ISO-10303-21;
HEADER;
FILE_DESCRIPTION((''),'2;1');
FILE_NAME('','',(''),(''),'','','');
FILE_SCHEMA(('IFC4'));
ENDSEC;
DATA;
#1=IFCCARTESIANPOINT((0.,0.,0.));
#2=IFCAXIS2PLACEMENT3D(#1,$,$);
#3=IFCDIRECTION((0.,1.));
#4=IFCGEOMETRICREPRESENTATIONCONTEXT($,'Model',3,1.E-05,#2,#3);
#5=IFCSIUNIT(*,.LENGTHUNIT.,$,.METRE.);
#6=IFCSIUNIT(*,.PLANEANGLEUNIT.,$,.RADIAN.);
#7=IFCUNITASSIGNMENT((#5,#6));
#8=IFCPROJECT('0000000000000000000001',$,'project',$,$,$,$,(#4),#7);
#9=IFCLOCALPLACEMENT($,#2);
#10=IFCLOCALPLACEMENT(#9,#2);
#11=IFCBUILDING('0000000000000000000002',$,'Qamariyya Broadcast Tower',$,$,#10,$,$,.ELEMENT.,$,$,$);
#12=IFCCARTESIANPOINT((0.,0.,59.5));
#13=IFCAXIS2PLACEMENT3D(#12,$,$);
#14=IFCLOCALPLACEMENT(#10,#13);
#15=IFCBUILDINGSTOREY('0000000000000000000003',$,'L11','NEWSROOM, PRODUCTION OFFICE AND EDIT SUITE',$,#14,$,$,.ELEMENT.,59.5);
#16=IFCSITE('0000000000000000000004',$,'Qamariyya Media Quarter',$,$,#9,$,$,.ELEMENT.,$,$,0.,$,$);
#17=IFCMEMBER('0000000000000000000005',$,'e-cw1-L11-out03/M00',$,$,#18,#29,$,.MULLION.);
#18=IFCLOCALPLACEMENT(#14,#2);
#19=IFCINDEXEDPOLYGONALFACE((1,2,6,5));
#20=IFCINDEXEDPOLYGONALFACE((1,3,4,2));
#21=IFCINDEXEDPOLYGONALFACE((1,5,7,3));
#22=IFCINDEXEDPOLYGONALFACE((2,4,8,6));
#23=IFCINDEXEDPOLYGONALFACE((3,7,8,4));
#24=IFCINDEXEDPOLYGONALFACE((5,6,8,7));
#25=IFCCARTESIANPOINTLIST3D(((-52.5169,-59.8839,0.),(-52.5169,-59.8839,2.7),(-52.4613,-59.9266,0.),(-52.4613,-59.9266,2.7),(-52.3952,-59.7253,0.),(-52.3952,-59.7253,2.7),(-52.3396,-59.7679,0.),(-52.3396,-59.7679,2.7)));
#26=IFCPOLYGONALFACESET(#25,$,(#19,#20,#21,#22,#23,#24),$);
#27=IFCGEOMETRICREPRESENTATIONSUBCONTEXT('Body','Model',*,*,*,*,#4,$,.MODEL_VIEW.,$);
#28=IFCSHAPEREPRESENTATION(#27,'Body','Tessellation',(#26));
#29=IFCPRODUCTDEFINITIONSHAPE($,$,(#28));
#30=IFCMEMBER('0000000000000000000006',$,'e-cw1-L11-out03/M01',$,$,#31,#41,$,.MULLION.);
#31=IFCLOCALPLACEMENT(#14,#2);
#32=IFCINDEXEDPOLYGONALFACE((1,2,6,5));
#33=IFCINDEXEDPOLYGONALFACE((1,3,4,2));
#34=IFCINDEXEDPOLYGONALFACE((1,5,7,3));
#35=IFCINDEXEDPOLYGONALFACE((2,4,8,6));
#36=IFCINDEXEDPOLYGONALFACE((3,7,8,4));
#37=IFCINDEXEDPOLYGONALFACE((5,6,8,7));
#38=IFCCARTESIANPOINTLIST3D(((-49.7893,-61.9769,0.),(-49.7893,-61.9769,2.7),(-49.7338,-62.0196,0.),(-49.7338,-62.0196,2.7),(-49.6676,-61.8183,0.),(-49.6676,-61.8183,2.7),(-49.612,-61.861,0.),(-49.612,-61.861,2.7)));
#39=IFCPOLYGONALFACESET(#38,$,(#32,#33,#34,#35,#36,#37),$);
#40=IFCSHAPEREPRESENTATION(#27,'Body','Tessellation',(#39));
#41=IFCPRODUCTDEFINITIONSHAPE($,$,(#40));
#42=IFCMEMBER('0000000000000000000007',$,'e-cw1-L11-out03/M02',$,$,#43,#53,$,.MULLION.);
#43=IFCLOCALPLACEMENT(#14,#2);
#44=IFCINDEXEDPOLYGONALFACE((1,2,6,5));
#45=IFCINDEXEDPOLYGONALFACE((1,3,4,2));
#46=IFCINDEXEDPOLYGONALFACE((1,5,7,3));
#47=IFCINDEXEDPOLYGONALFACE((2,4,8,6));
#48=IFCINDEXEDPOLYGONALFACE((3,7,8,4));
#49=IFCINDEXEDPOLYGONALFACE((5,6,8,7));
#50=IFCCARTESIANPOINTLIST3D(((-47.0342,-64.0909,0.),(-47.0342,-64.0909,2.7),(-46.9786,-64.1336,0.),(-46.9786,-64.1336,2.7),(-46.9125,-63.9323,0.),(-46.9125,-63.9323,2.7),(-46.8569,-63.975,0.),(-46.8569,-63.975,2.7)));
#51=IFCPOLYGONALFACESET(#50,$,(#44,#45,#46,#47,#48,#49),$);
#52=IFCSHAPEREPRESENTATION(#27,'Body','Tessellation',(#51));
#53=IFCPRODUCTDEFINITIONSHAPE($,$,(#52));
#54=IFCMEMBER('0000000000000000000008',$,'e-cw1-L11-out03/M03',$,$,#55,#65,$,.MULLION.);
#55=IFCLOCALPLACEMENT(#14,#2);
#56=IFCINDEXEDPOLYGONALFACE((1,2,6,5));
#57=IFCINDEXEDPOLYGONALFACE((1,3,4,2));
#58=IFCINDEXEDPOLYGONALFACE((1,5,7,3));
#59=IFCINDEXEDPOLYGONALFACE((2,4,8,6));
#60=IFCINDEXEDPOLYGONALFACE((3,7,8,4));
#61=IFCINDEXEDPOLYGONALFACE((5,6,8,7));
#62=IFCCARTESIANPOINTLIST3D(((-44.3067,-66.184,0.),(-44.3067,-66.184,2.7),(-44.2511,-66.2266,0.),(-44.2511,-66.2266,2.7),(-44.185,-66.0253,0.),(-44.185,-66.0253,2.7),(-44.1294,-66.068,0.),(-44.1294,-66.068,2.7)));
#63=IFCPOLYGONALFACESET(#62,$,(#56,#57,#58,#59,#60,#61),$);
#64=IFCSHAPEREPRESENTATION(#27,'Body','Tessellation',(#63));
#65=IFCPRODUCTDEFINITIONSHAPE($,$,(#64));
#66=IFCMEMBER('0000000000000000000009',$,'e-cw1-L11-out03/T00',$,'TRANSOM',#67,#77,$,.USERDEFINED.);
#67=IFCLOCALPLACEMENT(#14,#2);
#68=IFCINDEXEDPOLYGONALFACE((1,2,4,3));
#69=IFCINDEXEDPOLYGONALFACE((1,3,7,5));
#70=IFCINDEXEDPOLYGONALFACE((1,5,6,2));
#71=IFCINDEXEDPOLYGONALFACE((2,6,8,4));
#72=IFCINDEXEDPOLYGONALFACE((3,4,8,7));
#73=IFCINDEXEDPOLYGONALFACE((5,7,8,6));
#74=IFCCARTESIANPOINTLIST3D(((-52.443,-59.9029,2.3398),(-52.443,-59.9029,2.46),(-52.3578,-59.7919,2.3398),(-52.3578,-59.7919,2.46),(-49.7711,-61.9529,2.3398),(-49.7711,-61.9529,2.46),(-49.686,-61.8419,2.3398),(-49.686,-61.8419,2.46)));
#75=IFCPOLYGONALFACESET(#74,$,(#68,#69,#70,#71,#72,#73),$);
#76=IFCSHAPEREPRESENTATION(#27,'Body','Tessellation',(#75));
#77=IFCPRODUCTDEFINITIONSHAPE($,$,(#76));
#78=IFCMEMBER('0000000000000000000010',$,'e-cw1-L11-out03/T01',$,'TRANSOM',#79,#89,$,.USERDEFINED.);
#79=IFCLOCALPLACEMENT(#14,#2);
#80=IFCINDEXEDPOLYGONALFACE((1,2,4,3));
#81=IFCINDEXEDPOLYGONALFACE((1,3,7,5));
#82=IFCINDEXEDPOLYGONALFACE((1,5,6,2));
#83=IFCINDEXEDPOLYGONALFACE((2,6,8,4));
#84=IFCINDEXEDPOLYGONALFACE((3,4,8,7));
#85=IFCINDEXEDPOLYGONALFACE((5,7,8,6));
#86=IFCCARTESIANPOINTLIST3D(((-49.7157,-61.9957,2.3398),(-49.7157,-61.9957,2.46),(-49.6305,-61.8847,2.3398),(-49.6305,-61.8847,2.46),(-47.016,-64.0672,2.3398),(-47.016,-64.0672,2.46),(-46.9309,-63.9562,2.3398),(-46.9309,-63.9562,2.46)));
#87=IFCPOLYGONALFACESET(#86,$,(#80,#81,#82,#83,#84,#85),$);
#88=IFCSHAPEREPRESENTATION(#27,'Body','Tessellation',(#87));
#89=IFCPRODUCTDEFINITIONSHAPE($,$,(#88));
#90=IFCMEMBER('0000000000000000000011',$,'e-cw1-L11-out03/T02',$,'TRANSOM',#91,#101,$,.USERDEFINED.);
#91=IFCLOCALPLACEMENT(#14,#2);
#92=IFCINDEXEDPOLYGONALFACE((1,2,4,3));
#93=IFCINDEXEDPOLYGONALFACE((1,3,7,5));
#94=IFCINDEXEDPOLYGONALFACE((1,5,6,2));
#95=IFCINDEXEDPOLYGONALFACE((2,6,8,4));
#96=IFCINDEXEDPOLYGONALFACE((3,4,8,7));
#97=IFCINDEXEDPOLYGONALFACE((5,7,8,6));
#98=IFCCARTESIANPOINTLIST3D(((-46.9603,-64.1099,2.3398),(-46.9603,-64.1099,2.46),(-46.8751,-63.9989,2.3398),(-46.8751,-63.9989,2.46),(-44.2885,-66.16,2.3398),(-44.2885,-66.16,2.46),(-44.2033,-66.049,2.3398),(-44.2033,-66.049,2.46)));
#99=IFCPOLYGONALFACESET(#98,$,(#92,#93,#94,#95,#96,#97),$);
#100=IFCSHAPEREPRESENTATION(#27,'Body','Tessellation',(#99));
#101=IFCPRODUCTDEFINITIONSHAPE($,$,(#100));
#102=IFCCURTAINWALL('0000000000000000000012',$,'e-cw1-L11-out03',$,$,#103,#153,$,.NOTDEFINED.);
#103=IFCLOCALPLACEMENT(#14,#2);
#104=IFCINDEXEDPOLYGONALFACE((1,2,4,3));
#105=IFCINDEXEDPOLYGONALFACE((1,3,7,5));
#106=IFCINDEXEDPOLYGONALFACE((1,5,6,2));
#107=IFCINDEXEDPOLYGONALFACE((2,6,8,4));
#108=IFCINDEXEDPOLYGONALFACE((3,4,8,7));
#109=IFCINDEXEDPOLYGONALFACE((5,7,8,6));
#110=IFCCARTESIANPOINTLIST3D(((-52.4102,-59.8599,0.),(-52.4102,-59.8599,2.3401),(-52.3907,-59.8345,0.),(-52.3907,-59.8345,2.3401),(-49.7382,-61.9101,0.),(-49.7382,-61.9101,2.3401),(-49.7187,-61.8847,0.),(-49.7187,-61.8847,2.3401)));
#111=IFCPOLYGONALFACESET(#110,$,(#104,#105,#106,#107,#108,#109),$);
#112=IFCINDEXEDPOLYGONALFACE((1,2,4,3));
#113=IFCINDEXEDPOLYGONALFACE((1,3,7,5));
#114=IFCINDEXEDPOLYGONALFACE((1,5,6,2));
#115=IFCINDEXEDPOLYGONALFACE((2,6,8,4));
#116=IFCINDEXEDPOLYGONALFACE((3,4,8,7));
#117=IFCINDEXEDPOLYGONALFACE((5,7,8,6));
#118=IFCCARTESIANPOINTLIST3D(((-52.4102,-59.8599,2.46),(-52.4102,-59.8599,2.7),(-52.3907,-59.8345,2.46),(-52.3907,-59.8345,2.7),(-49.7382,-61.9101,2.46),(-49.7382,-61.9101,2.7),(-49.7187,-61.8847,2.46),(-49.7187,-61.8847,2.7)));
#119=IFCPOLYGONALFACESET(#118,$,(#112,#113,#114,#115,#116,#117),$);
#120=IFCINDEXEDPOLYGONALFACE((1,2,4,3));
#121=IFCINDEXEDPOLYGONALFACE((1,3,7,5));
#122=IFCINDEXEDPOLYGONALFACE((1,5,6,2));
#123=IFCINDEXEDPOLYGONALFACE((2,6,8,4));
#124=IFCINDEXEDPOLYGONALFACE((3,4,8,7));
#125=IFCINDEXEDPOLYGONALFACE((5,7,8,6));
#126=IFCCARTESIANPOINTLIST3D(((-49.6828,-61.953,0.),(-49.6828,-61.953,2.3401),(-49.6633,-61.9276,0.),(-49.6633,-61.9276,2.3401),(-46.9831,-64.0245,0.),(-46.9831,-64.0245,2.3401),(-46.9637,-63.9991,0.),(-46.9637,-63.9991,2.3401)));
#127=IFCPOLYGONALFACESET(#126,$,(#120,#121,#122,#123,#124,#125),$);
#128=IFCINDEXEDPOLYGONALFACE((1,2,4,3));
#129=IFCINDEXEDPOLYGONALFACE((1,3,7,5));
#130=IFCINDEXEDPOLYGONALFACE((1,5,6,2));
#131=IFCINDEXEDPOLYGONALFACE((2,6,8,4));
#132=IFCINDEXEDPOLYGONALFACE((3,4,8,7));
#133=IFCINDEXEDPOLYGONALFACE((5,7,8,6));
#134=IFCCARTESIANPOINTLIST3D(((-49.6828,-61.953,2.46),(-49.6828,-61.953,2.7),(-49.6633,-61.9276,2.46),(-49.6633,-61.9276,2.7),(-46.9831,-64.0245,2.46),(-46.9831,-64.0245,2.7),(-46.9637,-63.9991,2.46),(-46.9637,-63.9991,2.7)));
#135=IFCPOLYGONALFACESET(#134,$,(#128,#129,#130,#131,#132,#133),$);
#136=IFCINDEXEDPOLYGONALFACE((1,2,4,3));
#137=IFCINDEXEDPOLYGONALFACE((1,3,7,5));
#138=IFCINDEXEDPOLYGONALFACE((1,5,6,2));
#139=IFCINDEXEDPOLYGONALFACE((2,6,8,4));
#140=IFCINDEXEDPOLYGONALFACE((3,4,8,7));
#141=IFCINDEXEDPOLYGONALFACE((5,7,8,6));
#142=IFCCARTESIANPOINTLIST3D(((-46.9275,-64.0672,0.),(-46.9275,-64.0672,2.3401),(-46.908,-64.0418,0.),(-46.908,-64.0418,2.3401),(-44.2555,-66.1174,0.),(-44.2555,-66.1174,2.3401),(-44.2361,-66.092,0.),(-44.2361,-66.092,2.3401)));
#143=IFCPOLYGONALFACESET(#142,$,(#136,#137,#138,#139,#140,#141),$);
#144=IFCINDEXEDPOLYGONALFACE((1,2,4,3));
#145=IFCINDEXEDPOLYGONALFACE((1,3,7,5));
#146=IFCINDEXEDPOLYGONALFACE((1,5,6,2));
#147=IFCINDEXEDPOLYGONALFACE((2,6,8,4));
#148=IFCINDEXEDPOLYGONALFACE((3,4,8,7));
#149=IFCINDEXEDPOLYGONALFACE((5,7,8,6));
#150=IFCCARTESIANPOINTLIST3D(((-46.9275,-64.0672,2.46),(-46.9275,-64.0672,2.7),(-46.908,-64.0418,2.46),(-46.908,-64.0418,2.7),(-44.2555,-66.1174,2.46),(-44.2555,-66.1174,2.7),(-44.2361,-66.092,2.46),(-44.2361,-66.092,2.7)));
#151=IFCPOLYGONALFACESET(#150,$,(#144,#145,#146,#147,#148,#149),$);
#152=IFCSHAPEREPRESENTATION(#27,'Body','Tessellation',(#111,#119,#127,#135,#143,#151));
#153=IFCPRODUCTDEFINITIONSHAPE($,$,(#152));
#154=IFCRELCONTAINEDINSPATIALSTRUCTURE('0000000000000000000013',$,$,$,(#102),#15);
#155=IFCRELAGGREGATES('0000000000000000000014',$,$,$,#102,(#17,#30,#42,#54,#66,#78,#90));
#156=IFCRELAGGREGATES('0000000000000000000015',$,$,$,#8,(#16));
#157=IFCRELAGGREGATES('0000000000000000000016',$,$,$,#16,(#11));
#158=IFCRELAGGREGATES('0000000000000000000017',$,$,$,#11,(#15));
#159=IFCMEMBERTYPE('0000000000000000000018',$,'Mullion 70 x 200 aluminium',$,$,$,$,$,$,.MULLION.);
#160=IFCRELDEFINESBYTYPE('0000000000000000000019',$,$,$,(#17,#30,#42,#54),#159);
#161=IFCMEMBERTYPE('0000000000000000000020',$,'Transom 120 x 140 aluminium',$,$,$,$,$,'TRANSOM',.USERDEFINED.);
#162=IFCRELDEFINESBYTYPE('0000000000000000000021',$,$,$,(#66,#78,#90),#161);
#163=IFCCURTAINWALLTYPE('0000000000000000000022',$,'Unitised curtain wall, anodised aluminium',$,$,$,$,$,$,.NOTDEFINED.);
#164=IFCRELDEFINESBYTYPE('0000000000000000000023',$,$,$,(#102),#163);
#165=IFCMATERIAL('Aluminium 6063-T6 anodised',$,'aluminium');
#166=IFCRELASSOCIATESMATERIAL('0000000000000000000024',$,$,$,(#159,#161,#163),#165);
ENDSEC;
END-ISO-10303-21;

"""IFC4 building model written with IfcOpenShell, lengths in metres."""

from ifc_helpers import new_model, si_unit, direction, frame, origin, origin_2d, place, context, subcontext, project, spatial, rectangle, extrude, material, material_profile, profile_set, type_object, element, aggregate, save


model = new_model("IFC4")

# Units and contexts
model_context = context("Model", 3, precision=1e-05, world=origin(), true_north=direction((0.0, 1.0)))
body_context = subcontext(model_context, "Body", "Model", "MODEL_VIEW")
ifc_project = project(units=[si_unit("LENGTHUNIT", "METRE"), si_unit("PLANEANGLEUNIT", "RADIAN")], contexts=[model_context])

# Members
ifc_material_1 = material(Name="Aluminium 6063-T6 anodised", Category="aluminium")
ifc_material_profile_1 = material_profile(ifc_material_1, rectangle(XDim=0.2, YDim=0.0701, at=origin_2d()))
ifc_profile_set_1 = profile_set([ifc_material_profile_1], Name="Aluminium 6063-T6 anodised")
member_type_1 = type_object("IfcMemberType", Name="Mullion 70 x 200 aluminium", PredefinedType="MULLION", material=ifc_profile_set_1)
site_placement = place(None, origin())
building_placement = place(site_placement, origin())
storey_placement = place(building_placement, frame((0.0, 0.0, 59.5)))
member_1_placement = place(storey_placement, frame((-52.4282, -59.8259, 0.0), z_axis=(0.0, 0.0, 1.0), x_axis=(0.608761, 0.793353, 0.0)))
member_1 = element("IfcMember", 1, at=member_1_placement, type_object=member_type_1, Name="e-cw1-L11-out03/M00", PredefinedType="MULLION", context=body_context, shape_type="SweptSolid", body=[
    extrude(rectangle(XDim=0.2, YDim=0.0701, at=origin_2d()), origin(), (0.0, 0.0, 1.0), 2.7),
])
member_2_placement = place(storey_placement, frame((-49.7007, -61.9189, 0.0), z_axis=(0.0, 0.0, 1.0), x_axis=(0.608761, 0.793353, 0.0)))
member_2 = element("IfcMember", 2, at=member_2_placement, type_object=member_type_1, Name="e-cw1-L11-out03/M01", PredefinedType="MULLION", context=body_context, shape_type="SweptSolid", body=[
    extrude(rectangle(XDim=0.2, YDim=0.0701, at=origin_2d()), origin(), (0.0, 0.0, 1.0), 2.7),
])
member_3_placement = place(storey_placement, frame((-46.9456, -64.033, 0.0), z_axis=(0.0, 0.0, 1.0), x_axis=(0.608761, 0.793353, 0.0)))
member_3 = element("IfcMember", 3, at=member_3_placement, type_object=member_type_1, Name="e-cw1-L11-out03/M02", PredefinedType="MULLION", context=body_context, shape_type="SweptSolid", body=[
    extrude(rectangle(XDim=0.2, YDim=0.0701, at=origin_2d()), origin(), (0.0, 0.0, 1.0), 2.7),
])
member_4_placement = place(storey_placement, frame((-44.218, -66.126, 0.0), z_axis=(0.0, 0.0, 1.0), x_axis=(0.608761, 0.793353, 0.0)))
member_4 = element("IfcMember", 4, at=member_4_placement, type_object=member_type_1, Name="e-cw1-L11-out03/M03", PredefinedType="MULLION", context=body_context, shape_type="SweptSolid", body=[
    extrude(rectangle(XDim=0.2, YDim=0.0701, at=origin_2d()), origin(), (0.0, 0.0, 1.0), 2.7),
])
ifc_material_profile_2 = material_profile(ifc_material_1, rectangle(XDim=0.1399, YDim=0.1201, at=origin_2d()))
ifc_profile_set_2 = profile_set([ifc_material_profile_2], Name="Aluminium 6063-T6 anodised")
member_type_2 = type_object("IfcMemberType", Name="Transom 120 x 140 aluminium", ElementType="TRANSOM", PredefinedType="USERDEFINED", material=ifc_profile_set_2)
member_5_placement = place(storey_placement, frame((-52.4004, -59.8474, 2.3999), z_axis=(0.793375, -0.608733, 0.0), x_axis=(0.608733, 0.793375, 0.0)))
member_5 = element("IfcMember", 5, at=member_5_placement, type_object=member_type_2, Name="e-cw1-L11-out03/T00", ObjectType="TRANSOM", PredefinedType="USERDEFINED", context=body_context, shape_type="SweptSolid", body=[
    extrude(rectangle(XDim=0.1399, YDim=0.1201, at=origin_2d()), origin(), (0.0, 0.0, 1.0), 3.3677),
])
member_6_placement = place(storey_placement, frame((-49.6731, -61.9402, 2.3999), z_axis=(0.793357, -0.608757, 0.0), x_axis=(0.608757, 0.793357, 0.0)))
member_6 = element("IfcMember", 6, at=member_6_placement, type_object=member_type_2, Name="e-cw1-L11-out03/T01", ObjectType="TRANSOM", PredefinedType="USERDEFINED", context=body_context, shape_type="SweptSolid", body=[
    extrude(rectangle(XDim=0.1399, YDim=0.1201, at=origin_2d()), origin(), (0.0, 0.0, 1.0), 3.4028),
])
member_7_placement = place(storey_placement, frame((-46.9177, -64.0544, 2.3999), z_axis=(0.793375, -0.608733, 0.0), x_axis=(0.608733, 0.793375, 0.0)))
member_7 = element("IfcMember", 7, at=member_7_placement, type_object=member_type_2, Name="e-cw1-L11-out03/T02", ObjectType="TRANSOM", PredefinedType="USERDEFINED", context=body_context, shape_type="SweptSolid", body=[
    extrude(rectangle(XDim=0.1399, YDim=0.1201, at=origin_2d()), origin(), (0.0, 0.0, 1.0), 3.3677),
])

# Site, building, storey
site = spatial("IfcSite", under=ifc_project, at=site_placement, Name="Qamariyya Media Quarter", CompositionType="ELEMENT", RefElevation=0.0)
building = spatial("IfcBuilding", under=site, at=building_placement, Name="Qamariyya Broadcast Tower", CompositionType="ELEMENT")
storey = spatial("IfcBuildingStorey", under=building, at=storey_placement, Name="L11", Description="NEWSROOM, PRODUCTION OFFICE AND EDIT SUITE", CompositionType="ELEMENT", Elevation=59.5)

# Curtain wall
curtain_wall_type = type_object("IfcCurtainWallType", Name="Unitised curtain wall, anodised aluminium", PredefinedType="NOTDEFINED", material=ifc_material_1)
curtain_wall_1_placement = place(storey_placement, origin())
curtain_wall_1 = element("IfcCurtainWall", 8, at=curtain_wall_1_placement, inside=storey, type_object=curtain_wall_type, Name="e-cw1-L11-out03", PredefinedType="NOTDEFINED", context=body_context, shape_type="SweptSolid", body=[
    extrude(rectangle(XDim=3.3679, YDim=0.032, at=origin_2d()), frame((-51.0645, -60.8723, 0.0), x_axis=(0.793358, -0.608756, 0.0)), (0.0, 0.0, 1.0), 2.3401),
    extrude(rectangle(XDim=3.3679, YDim=0.032, at=origin_2d()), frame((-51.0645, -60.8723, 2.46), x_axis=(0.793358, -0.608756, 0.0)), (0.0, 0.0, 1.0), 0.24),
    extrude(rectangle(XDim=3.4028, YDim=0.032, at=origin_2d()), frame((-48.3232, -62.9761, 0.0), x_axis=(0.793358, -0.608756, 0.0)), (0.0, 0.0, 1.0), 2.3401),
    extrude(rectangle(XDim=3.4028, YDim=0.032, at=origin_2d()), frame((-48.3232, -62.9761, 2.46), x_axis=(0.793358, -0.608756, 0.0)), (0.0, 0.0, 1.0), 0.24),
    extrude(rectangle(XDim=3.3679, YDim=0.032, at=origin_2d()), frame((-45.5818, -65.0796, 0.0), x_axis=(0.793358, -0.608756, 0.0)), (0.0, 0.0, 1.0), 2.3401),
    extrude(rectangle(XDim=3.3679, YDim=0.032, at=origin_2d()), frame((-45.5818, -65.0796, 2.46), x_axis=(0.793358, -0.608756, 0.0)), (0.0, 0.0, 1.0), 0.24),
])
aggregate(curtain_wall_1, [member_1, member_2, member_3, member_4, member_5, member_6, member_7])

save(model, "model.ifc")
